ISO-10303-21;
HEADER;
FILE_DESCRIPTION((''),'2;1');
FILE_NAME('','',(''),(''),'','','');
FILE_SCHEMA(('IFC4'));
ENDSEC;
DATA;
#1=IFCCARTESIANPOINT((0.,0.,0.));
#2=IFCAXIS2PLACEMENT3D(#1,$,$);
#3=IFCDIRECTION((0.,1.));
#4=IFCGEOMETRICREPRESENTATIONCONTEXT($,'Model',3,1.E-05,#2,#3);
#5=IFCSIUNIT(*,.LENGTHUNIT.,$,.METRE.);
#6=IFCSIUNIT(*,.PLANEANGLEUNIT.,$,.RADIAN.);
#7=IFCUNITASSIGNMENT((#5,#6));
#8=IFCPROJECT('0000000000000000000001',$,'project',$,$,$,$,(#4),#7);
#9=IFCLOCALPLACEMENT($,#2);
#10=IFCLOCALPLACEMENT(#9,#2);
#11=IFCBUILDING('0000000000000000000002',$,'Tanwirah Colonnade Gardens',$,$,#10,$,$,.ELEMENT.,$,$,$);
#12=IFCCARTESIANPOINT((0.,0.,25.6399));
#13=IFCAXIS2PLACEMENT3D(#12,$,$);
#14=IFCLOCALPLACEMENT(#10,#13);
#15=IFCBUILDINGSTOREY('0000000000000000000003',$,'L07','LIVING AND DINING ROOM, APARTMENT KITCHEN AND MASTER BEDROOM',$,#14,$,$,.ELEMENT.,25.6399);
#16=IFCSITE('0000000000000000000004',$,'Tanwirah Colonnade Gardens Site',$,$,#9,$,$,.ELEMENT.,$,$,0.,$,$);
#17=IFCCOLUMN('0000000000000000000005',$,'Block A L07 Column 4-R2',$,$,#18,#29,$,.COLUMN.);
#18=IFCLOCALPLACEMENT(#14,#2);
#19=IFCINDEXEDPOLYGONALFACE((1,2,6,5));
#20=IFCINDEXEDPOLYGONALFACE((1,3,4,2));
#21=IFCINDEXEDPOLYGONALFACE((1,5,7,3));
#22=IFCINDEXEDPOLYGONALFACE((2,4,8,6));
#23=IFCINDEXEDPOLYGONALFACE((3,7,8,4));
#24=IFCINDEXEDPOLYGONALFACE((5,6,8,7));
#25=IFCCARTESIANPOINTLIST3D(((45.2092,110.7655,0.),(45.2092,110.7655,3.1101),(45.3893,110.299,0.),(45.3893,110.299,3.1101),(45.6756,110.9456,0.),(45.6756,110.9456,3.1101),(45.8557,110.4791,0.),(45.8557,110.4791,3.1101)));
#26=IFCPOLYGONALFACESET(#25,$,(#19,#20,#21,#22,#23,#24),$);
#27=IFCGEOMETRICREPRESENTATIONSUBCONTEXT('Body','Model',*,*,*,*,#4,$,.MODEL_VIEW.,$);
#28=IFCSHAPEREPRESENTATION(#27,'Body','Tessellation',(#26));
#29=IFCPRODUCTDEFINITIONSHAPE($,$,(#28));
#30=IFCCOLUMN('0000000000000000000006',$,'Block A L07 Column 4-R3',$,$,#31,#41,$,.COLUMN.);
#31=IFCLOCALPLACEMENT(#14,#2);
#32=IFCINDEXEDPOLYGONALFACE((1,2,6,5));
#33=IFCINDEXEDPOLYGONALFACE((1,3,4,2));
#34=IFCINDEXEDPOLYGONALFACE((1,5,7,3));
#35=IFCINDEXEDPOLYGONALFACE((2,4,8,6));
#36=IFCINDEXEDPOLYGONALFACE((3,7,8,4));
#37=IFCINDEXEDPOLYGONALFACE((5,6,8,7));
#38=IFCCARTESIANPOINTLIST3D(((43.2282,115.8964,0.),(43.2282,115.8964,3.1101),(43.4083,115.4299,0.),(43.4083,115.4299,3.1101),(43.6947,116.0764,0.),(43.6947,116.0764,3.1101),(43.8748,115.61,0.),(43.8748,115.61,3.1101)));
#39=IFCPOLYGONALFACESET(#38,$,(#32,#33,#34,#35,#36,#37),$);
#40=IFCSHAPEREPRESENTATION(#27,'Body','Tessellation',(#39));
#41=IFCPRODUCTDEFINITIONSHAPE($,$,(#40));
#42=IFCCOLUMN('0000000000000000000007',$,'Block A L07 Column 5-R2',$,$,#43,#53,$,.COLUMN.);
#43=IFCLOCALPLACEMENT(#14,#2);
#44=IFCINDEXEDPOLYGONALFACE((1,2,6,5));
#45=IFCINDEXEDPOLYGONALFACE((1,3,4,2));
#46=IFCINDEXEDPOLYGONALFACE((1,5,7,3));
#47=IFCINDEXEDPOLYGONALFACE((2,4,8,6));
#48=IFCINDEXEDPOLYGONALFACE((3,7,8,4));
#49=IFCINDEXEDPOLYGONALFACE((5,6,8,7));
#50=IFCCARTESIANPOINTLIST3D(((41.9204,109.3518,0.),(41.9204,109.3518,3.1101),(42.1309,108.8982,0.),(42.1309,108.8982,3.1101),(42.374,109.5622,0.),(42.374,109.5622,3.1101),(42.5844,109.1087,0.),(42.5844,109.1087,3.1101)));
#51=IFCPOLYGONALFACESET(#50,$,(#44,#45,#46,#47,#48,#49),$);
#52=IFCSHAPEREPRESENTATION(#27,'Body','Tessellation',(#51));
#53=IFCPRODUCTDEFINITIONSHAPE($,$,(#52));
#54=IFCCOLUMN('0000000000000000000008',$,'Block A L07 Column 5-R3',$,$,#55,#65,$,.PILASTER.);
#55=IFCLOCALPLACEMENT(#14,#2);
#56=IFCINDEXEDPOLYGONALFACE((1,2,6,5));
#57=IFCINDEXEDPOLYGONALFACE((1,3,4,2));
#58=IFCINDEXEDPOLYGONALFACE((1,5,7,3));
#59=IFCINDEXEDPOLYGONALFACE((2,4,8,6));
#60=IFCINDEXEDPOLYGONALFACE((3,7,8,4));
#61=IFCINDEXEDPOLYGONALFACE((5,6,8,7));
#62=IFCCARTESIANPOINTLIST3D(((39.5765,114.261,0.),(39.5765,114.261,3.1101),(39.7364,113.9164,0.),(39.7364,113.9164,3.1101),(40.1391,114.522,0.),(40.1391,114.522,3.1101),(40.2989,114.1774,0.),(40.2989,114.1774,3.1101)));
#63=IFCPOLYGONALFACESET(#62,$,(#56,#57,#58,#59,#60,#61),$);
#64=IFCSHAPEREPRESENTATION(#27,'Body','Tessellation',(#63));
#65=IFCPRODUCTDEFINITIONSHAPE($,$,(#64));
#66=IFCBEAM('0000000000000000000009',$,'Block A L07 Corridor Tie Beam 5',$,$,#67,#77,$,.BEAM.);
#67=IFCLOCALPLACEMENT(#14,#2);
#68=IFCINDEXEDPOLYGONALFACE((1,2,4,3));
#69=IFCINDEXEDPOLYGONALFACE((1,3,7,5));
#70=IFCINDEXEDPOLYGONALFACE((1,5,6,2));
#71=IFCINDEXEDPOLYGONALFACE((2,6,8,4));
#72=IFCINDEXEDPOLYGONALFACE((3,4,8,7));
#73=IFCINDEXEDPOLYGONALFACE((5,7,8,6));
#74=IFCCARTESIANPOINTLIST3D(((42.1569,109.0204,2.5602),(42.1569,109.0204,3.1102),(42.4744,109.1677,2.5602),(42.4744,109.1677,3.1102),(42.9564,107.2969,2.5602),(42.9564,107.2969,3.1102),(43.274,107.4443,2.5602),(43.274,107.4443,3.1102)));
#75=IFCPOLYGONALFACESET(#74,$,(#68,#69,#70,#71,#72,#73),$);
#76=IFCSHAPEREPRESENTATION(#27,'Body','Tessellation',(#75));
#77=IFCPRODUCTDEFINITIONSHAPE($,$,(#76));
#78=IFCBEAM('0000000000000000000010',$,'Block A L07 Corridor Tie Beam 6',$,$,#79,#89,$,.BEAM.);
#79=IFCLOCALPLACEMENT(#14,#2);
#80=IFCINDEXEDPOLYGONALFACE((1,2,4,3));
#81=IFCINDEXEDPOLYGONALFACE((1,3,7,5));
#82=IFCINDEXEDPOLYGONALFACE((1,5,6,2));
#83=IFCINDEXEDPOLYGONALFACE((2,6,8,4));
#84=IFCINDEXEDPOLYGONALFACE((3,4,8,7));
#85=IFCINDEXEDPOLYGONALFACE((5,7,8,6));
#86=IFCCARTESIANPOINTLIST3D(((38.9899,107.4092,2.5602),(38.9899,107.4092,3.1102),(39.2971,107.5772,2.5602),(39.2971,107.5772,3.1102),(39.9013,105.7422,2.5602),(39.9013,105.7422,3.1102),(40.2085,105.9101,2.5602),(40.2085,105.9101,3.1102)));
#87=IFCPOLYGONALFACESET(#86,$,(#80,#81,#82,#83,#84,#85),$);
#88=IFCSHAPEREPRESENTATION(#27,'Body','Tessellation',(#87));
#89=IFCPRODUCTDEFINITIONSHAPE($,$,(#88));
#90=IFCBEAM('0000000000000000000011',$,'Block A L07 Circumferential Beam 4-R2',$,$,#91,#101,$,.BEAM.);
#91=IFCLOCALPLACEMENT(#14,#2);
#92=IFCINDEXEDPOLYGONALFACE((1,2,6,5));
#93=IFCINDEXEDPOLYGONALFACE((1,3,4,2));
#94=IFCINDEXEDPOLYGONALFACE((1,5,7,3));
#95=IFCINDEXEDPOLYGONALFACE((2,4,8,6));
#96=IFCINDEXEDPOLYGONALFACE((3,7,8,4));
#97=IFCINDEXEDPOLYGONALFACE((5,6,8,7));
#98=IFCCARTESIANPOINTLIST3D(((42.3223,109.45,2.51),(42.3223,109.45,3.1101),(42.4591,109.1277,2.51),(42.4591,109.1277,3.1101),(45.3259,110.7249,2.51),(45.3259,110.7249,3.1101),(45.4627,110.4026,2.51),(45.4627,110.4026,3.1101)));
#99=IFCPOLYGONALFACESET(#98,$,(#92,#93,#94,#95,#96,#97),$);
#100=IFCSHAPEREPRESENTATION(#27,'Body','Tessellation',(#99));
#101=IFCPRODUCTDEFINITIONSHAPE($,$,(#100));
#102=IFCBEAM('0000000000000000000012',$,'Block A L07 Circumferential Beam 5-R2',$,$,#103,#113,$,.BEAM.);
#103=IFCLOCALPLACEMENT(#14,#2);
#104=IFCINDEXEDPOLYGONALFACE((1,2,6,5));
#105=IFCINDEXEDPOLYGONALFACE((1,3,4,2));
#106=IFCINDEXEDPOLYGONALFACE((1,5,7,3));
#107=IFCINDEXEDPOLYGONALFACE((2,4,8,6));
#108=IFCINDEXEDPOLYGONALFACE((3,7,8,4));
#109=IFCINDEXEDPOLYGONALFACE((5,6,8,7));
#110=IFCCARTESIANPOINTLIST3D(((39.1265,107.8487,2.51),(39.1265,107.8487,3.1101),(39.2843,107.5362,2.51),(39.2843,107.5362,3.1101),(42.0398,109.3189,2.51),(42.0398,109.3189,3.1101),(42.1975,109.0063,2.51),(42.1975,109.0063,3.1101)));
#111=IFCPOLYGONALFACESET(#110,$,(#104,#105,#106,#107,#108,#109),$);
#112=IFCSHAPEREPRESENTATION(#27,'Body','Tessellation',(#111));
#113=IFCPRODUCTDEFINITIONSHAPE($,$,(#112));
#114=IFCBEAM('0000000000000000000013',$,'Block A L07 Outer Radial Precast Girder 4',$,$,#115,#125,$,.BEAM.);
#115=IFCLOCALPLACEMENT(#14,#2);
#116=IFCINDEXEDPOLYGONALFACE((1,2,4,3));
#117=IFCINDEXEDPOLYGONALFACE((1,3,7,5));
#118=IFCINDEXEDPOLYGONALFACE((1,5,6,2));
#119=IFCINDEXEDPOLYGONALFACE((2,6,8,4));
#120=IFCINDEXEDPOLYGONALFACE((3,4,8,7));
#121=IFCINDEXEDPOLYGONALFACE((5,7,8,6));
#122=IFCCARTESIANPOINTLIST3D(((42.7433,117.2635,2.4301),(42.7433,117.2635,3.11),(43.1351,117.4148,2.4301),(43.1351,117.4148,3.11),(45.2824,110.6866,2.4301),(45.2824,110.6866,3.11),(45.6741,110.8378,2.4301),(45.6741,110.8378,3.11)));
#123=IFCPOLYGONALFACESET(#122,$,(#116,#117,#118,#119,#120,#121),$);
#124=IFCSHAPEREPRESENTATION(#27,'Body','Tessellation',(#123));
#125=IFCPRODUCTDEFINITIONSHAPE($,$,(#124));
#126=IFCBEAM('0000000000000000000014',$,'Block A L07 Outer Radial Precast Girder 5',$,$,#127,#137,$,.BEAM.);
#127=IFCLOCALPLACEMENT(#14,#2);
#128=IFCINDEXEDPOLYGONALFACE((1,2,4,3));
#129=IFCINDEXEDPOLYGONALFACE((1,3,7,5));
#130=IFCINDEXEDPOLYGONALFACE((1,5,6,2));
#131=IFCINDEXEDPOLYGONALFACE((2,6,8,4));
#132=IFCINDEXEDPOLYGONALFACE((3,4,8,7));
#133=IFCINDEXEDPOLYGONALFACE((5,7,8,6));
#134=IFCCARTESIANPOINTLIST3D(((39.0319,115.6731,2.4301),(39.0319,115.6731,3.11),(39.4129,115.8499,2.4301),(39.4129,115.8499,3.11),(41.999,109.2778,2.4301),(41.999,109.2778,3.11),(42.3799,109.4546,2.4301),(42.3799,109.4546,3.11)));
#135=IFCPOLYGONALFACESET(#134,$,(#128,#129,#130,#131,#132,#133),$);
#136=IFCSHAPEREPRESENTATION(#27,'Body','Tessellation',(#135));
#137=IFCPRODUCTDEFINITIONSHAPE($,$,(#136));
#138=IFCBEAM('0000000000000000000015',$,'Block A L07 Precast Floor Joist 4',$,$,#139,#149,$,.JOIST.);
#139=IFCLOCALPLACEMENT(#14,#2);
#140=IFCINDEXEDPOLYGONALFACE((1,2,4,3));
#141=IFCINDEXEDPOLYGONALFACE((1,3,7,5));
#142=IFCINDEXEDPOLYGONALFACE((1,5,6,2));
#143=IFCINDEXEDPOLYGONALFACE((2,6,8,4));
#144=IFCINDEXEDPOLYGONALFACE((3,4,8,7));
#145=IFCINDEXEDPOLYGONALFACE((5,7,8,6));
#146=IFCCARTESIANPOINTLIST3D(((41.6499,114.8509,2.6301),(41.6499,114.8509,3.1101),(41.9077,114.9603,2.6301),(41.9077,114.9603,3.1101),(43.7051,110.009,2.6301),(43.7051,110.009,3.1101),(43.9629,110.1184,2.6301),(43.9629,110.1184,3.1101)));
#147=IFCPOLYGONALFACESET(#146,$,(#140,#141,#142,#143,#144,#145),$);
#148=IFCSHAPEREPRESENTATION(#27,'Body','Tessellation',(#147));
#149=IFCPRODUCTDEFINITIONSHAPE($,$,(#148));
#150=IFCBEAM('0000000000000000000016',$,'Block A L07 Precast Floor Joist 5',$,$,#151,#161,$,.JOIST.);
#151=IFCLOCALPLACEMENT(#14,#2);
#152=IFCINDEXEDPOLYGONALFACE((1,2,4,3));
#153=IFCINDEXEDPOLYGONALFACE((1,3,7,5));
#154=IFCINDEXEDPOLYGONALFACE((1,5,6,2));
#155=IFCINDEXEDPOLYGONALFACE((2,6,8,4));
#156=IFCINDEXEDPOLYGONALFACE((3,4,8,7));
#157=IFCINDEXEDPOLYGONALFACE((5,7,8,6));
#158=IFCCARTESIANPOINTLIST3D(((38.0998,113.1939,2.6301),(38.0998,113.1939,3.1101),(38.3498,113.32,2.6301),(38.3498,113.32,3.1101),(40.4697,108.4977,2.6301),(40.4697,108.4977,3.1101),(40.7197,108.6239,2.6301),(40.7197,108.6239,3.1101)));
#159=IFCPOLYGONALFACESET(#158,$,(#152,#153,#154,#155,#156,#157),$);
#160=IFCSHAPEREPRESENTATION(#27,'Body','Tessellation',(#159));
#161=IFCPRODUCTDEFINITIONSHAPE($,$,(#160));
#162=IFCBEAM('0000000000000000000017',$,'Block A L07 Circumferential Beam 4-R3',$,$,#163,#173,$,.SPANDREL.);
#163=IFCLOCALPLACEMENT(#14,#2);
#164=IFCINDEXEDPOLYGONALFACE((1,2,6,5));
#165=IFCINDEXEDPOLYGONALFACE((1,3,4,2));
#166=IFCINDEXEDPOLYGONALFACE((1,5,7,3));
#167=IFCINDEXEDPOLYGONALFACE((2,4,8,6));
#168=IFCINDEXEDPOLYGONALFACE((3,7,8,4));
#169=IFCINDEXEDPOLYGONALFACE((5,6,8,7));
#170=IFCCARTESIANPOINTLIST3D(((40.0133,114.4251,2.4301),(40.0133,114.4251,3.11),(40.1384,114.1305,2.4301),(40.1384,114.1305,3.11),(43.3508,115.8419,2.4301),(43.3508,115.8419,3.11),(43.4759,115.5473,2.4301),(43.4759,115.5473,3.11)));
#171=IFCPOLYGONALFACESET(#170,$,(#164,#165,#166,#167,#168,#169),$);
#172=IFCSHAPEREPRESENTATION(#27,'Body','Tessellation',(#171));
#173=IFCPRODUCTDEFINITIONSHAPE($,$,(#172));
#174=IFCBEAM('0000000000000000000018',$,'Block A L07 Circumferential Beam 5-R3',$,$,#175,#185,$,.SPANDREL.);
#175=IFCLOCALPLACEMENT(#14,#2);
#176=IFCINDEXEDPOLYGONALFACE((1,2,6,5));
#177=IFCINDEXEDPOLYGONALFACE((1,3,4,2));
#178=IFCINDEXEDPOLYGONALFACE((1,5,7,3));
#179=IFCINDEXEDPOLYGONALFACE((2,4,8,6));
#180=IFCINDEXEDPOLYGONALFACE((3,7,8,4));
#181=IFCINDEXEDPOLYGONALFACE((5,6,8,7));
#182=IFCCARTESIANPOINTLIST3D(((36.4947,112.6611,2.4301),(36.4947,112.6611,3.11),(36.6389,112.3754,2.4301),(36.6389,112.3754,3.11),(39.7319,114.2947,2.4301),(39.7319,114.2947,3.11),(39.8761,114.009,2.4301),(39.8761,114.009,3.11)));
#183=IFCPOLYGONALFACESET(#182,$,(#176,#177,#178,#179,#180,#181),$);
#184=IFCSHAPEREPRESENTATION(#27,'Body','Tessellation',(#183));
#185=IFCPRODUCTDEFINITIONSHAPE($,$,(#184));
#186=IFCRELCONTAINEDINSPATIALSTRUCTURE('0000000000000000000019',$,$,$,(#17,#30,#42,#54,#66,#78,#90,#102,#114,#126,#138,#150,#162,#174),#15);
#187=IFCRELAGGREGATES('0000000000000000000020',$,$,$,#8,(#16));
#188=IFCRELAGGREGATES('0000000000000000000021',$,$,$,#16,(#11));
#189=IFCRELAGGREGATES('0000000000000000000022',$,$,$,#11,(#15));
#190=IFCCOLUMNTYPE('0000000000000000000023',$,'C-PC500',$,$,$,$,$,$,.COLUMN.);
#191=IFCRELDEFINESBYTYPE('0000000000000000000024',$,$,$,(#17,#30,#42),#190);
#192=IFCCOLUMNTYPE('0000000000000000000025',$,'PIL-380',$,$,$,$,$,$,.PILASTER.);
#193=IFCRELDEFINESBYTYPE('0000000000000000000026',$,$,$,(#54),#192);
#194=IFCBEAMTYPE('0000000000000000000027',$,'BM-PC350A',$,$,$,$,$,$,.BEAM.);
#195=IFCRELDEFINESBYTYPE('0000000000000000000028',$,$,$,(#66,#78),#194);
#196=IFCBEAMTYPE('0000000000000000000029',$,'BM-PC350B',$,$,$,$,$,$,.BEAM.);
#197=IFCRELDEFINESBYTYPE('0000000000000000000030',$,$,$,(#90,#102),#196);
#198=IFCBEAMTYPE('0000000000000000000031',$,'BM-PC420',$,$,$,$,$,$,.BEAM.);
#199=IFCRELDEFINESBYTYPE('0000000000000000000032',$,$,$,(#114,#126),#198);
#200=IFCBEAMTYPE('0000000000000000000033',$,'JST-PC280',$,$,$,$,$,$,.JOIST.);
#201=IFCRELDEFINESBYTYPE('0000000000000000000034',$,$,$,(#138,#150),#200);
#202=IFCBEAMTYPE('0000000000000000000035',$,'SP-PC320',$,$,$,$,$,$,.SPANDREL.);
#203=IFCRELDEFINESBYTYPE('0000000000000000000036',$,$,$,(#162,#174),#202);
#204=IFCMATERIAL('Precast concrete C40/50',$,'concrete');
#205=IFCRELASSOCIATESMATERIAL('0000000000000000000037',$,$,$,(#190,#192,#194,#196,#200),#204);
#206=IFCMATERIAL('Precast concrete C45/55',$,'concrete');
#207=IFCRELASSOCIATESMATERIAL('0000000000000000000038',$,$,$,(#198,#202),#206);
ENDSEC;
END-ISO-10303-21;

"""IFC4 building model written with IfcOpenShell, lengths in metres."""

from ifc_helpers import new_model, si_unit, direction, frame, origin, origin_2d, place, context, subcontext, project, spatial, rectangle, extrude, material, material_profile, profile_set, type_object, element, save


model = new_model("IFC4")

# Units and contexts
model_context = context("Model", 3, precision=1e-05, world=origin(), true_north=direction((0.0, 1.0)))
body_context = subcontext(model_context, "Body", "Model", "MODEL_VIEW")
ifc_project = project(units=[si_unit("LENGTHUNIT", "METRE"), si_unit("PLANEANGLEUNIT", "RADIAN")], contexts=[model_context])

# Site, building, storey
site_placement = place(None, origin())
site = spatial("IfcSite", under=ifc_project, at=site_placement, Name="Tanwirah Colonnade Gardens Site", CompositionType="ELEMENT", RefElevation=0.0)
building_placement = place(site_placement, origin())
building = spatial("IfcBuilding", under=site, at=building_placement, Name="Tanwirah Colonnade Gardens", CompositionType="ELEMENT")
storey_placement = place(building_placement, frame((0.0, 0.0, 25.6399)))
storey = spatial("IfcBuildingStorey", under=building, at=storey_placement, Name="L07", Description="LIVING AND DINING ROOM, APARTMENT KITCHEN AND MASTER BEDROOM", CompositionType="ELEMENT", Elevation=25.6399)

# Columns
ifc_material_1 = material(Name="Precast concrete C40/50", Category="concrete")
ifc_material_profile_1 = material_profile(ifc_material_1, rectangle(XDim=0.5, YDim=0.5, at=origin_2d()), Name="PC-COL 500x500")
ifc_profile_set_1 = profile_set([ifc_material_profile_1], Name="Precast concrete C40/50")
column_type_1 = type_object("IfcColumnType", Name="C-PC500", PredefinedType="COLUMN", material=ifc_profile_set_1)
for number, where, z_axis, x_axis, name in (
    (1, (45.5325, 110.6223, 0.0), (0.0, 0.0, 1.0), (-0.360178, 0.932884, 0.0), "Block A L07 Column 4-R2"),
    (2, (43.5515, 115.7532, 0.0), (0.0, 0.0, 1.0), (-0.360178, 0.932884, 0.0), "Block A L07 Column 4-R3"),
    (3, (42.2524, 109.2302, 0.0), (0.0, 0.0, 1.0), (-0.42086, 0.907126, 0.0), "Block A L07 Column 5-R2"),
):
    element("IfcColumn", number, at=place(storey_placement, frame(where, z_axis=z_axis, x_axis=x_axis)), inside=storey, type_object=column_type_1, Name=name, PredefinedType="COLUMN", context=body_context, shape_type="SweptSolid", body=[
        extrude(rectangle(XDim=0.5, YDim=0.5, at=origin_2d()), origin(), (0.0, 0.0, 1.0), 3.1101),
    ])
ifc_material_profile_2 = material_profile(ifc_material_1, rectangle(XDim=0.3799, YDim=0.6201, at=origin_2d()), Name="PC-PIL 380x620")
ifc_profile_set_2 = profile_set([ifc_material_profile_2], Name="Precast concrete C40/50")
column_type_2 = type_object("IfcColumnType", Name="PIL-380", PredefinedType="PILASTER", material=ifc_profile_set_2)
column_placement = place(storey_placement, frame((39.9377, 114.2192, 0.0), z_axis=(0.0, 0.0, 1.0), x_axis=(-0.42086, 0.907126, 0.0)))
element("IfcColumn", 4, at=column_placement, inside=storey, type_object=column_type_2, Name="Block A L07 Column 5-R3", PredefinedType="PILASTER", context=body_context, shape_type="SweptSolid", body=[
    extrude(rectangle(XDim=0.3799, YDim=0.6201, at=origin_2d()), origin(), (0.0, 0.0, 1.0), 3.1101),
])

# Beams
ifc_material_profile_3 = material_profile(ifc_material_1, rectangle(XDim=0.3501, YDim=0.55, at=origin_2d()), Name="PC-BM 350x550")
ifc_profile_set_3 = profile_set([ifc_material_profile_3], Name="Precast concrete C40/50")
beam_type_1 = type_object("IfcBeamType", Name="BM-PC350A", PredefinedType="BEAM", material=ifc_profile_set_3)
for number, where, z_axis, x_axis, name in (
    (5, (43.1152, 107.3706, 2.8352), (-0.420858, 0.907126, 0.0), (-0.907126, -0.420858, 0.0), "Block A L07 Corridor Tie Beam 5"),
    (6, (40.0549, 105.8262, 2.8352), (-0.479707, 0.877429, 0.0), (-0.877429, -0.479707, 0.0), "Block A L07 Corridor Tie Beam 6"),
):
    element("IfcBeam", number, at=place(storey_placement, frame(where, z_axis=z_axis, x_axis=x_axis)), inside=storey, type_object=beam_type_1, Name=name, PredefinedType="BEAM", context=body_context, shape_type="SweptSolid", body=[
        extrude(rectangle(XDim=0.3501, YDim=0.55, at=origin_2d()), origin(), (0.0, 0.0, 1.0), 1.8999),
    ])
ifc_material_profile_4 = material_profile(ifc_material_1, rectangle(XDim=0.3501, YDim=0.6001, at=origin_2d()), Name="PC-BM 350x600")
ifc_profile_set_4 = profile_set([ifc_material_profile_4], Name="Precast concrete C40/50")
beam_type_2 = type_object("IfcBeamType", Name="BM-PC350B", PredefinedType="BEAM", material=ifc_profile_set_4)
beam_1_placement = place(storey_placement, frame((45.3943, 110.5637, 2.8101), z_axis=(-0.920513, -0.390711, 0.0), x_axis=(0.390711, -0.920513, 0.0)))
element("IfcBeam", 7, at=beam_1_placement, inside=storey, type_object=beam_type_2, Name="Block A L07 Circumferential Beam 4-R2", PredefinedType="BEAM", context=body_context, shape_type="SweptSolid", body=[
    extrude(rectangle(XDim=0.3501, YDim=0.6001, at=origin_2d()), origin(), (0.0, 0.0, 1.0), 3.2629),
])
beam_2_placement = place(storey_placement, frame((42.1187, 109.1626, 2.8101), z_axis=(-0.89276, -0.450532, 0.0), x_axis=(0.450532, -0.89276, 0.0)))
element("IfcBeam", 8, at=beam_2_placement, inside=storey, type_object=beam_type_2, Name="Block A L07 Circumferential Beam 5-R2", PredefinedType="BEAM", context=body_context, shape_type="SweptSolid", body=[
    extrude(rectangle(XDim=0.3501, YDim=0.6001, at=origin_2d()), origin(), (0.0, 0.0, 1.0), 3.2632),
])
ifc_material_2 = material(Name="Precast concrete C45/55", Category="concrete")
ifc_material_profile_5 = material_profile(ifc_material_2, rectangle(XDim=0.4199, YDim=0.6799, at=origin_2d()), Name="PC-BM 420x680")
ifc_profile_set_5 = profile_set([ifc_material_profile_5], Name="Precast concrete C45/55")
beam_type_3 = type_object("IfcBeamType", Name="BM-PC420", PredefinedType="BEAM", material=ifc_profile_set_5)
for number, where, z_axis, x_axis, name in (
    (9, (45.4783, 110.7622, 2.77), (-0.360151, 0.932894, 0.0), (-0.932894, -0.360151, 0.0), "Block A L07 Outer Radial Precast Girder 4"),
    (10, (42.1895, 109.3662, 2.77), (-0.420856, 0.907128, 0.0), (-0.907128, -0.420856, 0.0), "Block A L07 Outer Radial Precast Girder 5"),
):
    element("IfcBeam", number, at=place(storey_placement, frame(where, z_axis=z_axis, x_axis=x_axis)), inside=storey, type_object=beam_type_3, Name=name, PredefinedType="BEAM", context=body_context, shape_type="SweptSolid", body=[
        extrude(rectangle(XDim=0.4199, YDim=0.6799, at=origin_2d()), origin(), (0.0, 0.0, 1.0), 7.05),
    ])
ifc_material_profile_6 = material_profile(ifc_material_1, rectangle(XDim=0.28, YDim=0.48, at=origin_2d()), Name="PC-JST 280x480")
ifc_profile_set_6 = profile_set([ifc_material_profile_6], Name="Precast concrete C40/50")
beam_type_4 = type_object("IfcBeamType", Name="JST-PC280", PredefinedType="JOIST", material=ifc_profile_set_6)
beam_3_placement = place(storey_placement, frame((43.834, 110.0637, 2.8701), z_axis=(-0.390724, 0.920508, 0.0), x_axis=(-0.920508, -0.390724, 0.0)))
element("IfcBeam", 11, at=beam_3_placement, inside=storey, type_object=beam_type_4, Name="Block A L07 Precast Floor Joist 4", PredefinedType="JOIST", context=body_context, shape_type="SweptSolid", body=[
    extrude(rectangle(XDim=0.28, YDim=0.48, at=origin_2d()), origin(), (0.0, 0.0, 1.0), 5.26),
])
beam_4_placement = place(storey_placement, frame((40.5947, 108.5608, 2.8701), z_axis=(-0.450534, 0.892759, 0.0), x_axis=(-0.892759, -0.450534, 0.0)))
element("IfcBeam", 12, at=beam_4_placement, inside=storey, type_object=beam_type_4, Name="Block A L07 Precast Floor Joist 5", PredefinedType="JOIST", context=body_context, shape_type="SweptSolid", body=[
    extrude(rectangle(XDim=0.28, YDim=0.48, at=origin_2d()), origin(), (0.0, 0.0, 1.0), 5.2603),
])
ifc_material_profile_7 = material_profile(ifc_material_2, rectangle(XDim=0.3201, YDim=0.6799, at=origin_2d()), Name="PC-SP 320x680")
ifc_profile_set_7 = profile_set([ifc_material_profile_7], Name="Precast concrete C45/55")
beam_type_5 = type_object("IfcBeamType", Name="SP-PC320", PredefinedType="SPANDREL", material=ifc_profile_set_7)
beam_5_placement = place(storey_placement, frame((43.4133, 115.6946, 2.77), z_axis=(-0.920494, -0.390756, 0.0), x_axis=(0.390756, -0.920494, 0.0)))
element("IfcBeam", 13, at=beam_5_placement, inside=storey, type_object=beam_type_5, Name="Block A L07 Circumferential Beam 4-R3", PredefinedType="SPANDREL", context=body_context, shape_type="SweptSolid", body=[
    extrude(rectangle(XDim=0.3201, YDim=0.6799, at=origin_2d()), origin(), (0.0, 0.0, 1.0), 3.6257),
])
beam_6_placement = place(storey_placement, frame((39.804, 114.1519, 2.77), z_axis=(-0.892765, -0.450523, 0.0), x_axis=(0.450523, -0.892765, 0.0)))
element("IfcBeam", 14, at=beam_6_placement, inside=storey, type_object=beam_type_5, Name="Block A L07 Circumferential Beam 5-R3", PredefinedType="SPANDREL", context=body_context, shape_type="SweptSolid", body=[
    extrude(rectangle(XDim=0.3201, YDim=0.6799, at=origin_2d()), origin(), (0.0, 0.0, 1.0), 3.626),
])

save(model, "model.ifc")
